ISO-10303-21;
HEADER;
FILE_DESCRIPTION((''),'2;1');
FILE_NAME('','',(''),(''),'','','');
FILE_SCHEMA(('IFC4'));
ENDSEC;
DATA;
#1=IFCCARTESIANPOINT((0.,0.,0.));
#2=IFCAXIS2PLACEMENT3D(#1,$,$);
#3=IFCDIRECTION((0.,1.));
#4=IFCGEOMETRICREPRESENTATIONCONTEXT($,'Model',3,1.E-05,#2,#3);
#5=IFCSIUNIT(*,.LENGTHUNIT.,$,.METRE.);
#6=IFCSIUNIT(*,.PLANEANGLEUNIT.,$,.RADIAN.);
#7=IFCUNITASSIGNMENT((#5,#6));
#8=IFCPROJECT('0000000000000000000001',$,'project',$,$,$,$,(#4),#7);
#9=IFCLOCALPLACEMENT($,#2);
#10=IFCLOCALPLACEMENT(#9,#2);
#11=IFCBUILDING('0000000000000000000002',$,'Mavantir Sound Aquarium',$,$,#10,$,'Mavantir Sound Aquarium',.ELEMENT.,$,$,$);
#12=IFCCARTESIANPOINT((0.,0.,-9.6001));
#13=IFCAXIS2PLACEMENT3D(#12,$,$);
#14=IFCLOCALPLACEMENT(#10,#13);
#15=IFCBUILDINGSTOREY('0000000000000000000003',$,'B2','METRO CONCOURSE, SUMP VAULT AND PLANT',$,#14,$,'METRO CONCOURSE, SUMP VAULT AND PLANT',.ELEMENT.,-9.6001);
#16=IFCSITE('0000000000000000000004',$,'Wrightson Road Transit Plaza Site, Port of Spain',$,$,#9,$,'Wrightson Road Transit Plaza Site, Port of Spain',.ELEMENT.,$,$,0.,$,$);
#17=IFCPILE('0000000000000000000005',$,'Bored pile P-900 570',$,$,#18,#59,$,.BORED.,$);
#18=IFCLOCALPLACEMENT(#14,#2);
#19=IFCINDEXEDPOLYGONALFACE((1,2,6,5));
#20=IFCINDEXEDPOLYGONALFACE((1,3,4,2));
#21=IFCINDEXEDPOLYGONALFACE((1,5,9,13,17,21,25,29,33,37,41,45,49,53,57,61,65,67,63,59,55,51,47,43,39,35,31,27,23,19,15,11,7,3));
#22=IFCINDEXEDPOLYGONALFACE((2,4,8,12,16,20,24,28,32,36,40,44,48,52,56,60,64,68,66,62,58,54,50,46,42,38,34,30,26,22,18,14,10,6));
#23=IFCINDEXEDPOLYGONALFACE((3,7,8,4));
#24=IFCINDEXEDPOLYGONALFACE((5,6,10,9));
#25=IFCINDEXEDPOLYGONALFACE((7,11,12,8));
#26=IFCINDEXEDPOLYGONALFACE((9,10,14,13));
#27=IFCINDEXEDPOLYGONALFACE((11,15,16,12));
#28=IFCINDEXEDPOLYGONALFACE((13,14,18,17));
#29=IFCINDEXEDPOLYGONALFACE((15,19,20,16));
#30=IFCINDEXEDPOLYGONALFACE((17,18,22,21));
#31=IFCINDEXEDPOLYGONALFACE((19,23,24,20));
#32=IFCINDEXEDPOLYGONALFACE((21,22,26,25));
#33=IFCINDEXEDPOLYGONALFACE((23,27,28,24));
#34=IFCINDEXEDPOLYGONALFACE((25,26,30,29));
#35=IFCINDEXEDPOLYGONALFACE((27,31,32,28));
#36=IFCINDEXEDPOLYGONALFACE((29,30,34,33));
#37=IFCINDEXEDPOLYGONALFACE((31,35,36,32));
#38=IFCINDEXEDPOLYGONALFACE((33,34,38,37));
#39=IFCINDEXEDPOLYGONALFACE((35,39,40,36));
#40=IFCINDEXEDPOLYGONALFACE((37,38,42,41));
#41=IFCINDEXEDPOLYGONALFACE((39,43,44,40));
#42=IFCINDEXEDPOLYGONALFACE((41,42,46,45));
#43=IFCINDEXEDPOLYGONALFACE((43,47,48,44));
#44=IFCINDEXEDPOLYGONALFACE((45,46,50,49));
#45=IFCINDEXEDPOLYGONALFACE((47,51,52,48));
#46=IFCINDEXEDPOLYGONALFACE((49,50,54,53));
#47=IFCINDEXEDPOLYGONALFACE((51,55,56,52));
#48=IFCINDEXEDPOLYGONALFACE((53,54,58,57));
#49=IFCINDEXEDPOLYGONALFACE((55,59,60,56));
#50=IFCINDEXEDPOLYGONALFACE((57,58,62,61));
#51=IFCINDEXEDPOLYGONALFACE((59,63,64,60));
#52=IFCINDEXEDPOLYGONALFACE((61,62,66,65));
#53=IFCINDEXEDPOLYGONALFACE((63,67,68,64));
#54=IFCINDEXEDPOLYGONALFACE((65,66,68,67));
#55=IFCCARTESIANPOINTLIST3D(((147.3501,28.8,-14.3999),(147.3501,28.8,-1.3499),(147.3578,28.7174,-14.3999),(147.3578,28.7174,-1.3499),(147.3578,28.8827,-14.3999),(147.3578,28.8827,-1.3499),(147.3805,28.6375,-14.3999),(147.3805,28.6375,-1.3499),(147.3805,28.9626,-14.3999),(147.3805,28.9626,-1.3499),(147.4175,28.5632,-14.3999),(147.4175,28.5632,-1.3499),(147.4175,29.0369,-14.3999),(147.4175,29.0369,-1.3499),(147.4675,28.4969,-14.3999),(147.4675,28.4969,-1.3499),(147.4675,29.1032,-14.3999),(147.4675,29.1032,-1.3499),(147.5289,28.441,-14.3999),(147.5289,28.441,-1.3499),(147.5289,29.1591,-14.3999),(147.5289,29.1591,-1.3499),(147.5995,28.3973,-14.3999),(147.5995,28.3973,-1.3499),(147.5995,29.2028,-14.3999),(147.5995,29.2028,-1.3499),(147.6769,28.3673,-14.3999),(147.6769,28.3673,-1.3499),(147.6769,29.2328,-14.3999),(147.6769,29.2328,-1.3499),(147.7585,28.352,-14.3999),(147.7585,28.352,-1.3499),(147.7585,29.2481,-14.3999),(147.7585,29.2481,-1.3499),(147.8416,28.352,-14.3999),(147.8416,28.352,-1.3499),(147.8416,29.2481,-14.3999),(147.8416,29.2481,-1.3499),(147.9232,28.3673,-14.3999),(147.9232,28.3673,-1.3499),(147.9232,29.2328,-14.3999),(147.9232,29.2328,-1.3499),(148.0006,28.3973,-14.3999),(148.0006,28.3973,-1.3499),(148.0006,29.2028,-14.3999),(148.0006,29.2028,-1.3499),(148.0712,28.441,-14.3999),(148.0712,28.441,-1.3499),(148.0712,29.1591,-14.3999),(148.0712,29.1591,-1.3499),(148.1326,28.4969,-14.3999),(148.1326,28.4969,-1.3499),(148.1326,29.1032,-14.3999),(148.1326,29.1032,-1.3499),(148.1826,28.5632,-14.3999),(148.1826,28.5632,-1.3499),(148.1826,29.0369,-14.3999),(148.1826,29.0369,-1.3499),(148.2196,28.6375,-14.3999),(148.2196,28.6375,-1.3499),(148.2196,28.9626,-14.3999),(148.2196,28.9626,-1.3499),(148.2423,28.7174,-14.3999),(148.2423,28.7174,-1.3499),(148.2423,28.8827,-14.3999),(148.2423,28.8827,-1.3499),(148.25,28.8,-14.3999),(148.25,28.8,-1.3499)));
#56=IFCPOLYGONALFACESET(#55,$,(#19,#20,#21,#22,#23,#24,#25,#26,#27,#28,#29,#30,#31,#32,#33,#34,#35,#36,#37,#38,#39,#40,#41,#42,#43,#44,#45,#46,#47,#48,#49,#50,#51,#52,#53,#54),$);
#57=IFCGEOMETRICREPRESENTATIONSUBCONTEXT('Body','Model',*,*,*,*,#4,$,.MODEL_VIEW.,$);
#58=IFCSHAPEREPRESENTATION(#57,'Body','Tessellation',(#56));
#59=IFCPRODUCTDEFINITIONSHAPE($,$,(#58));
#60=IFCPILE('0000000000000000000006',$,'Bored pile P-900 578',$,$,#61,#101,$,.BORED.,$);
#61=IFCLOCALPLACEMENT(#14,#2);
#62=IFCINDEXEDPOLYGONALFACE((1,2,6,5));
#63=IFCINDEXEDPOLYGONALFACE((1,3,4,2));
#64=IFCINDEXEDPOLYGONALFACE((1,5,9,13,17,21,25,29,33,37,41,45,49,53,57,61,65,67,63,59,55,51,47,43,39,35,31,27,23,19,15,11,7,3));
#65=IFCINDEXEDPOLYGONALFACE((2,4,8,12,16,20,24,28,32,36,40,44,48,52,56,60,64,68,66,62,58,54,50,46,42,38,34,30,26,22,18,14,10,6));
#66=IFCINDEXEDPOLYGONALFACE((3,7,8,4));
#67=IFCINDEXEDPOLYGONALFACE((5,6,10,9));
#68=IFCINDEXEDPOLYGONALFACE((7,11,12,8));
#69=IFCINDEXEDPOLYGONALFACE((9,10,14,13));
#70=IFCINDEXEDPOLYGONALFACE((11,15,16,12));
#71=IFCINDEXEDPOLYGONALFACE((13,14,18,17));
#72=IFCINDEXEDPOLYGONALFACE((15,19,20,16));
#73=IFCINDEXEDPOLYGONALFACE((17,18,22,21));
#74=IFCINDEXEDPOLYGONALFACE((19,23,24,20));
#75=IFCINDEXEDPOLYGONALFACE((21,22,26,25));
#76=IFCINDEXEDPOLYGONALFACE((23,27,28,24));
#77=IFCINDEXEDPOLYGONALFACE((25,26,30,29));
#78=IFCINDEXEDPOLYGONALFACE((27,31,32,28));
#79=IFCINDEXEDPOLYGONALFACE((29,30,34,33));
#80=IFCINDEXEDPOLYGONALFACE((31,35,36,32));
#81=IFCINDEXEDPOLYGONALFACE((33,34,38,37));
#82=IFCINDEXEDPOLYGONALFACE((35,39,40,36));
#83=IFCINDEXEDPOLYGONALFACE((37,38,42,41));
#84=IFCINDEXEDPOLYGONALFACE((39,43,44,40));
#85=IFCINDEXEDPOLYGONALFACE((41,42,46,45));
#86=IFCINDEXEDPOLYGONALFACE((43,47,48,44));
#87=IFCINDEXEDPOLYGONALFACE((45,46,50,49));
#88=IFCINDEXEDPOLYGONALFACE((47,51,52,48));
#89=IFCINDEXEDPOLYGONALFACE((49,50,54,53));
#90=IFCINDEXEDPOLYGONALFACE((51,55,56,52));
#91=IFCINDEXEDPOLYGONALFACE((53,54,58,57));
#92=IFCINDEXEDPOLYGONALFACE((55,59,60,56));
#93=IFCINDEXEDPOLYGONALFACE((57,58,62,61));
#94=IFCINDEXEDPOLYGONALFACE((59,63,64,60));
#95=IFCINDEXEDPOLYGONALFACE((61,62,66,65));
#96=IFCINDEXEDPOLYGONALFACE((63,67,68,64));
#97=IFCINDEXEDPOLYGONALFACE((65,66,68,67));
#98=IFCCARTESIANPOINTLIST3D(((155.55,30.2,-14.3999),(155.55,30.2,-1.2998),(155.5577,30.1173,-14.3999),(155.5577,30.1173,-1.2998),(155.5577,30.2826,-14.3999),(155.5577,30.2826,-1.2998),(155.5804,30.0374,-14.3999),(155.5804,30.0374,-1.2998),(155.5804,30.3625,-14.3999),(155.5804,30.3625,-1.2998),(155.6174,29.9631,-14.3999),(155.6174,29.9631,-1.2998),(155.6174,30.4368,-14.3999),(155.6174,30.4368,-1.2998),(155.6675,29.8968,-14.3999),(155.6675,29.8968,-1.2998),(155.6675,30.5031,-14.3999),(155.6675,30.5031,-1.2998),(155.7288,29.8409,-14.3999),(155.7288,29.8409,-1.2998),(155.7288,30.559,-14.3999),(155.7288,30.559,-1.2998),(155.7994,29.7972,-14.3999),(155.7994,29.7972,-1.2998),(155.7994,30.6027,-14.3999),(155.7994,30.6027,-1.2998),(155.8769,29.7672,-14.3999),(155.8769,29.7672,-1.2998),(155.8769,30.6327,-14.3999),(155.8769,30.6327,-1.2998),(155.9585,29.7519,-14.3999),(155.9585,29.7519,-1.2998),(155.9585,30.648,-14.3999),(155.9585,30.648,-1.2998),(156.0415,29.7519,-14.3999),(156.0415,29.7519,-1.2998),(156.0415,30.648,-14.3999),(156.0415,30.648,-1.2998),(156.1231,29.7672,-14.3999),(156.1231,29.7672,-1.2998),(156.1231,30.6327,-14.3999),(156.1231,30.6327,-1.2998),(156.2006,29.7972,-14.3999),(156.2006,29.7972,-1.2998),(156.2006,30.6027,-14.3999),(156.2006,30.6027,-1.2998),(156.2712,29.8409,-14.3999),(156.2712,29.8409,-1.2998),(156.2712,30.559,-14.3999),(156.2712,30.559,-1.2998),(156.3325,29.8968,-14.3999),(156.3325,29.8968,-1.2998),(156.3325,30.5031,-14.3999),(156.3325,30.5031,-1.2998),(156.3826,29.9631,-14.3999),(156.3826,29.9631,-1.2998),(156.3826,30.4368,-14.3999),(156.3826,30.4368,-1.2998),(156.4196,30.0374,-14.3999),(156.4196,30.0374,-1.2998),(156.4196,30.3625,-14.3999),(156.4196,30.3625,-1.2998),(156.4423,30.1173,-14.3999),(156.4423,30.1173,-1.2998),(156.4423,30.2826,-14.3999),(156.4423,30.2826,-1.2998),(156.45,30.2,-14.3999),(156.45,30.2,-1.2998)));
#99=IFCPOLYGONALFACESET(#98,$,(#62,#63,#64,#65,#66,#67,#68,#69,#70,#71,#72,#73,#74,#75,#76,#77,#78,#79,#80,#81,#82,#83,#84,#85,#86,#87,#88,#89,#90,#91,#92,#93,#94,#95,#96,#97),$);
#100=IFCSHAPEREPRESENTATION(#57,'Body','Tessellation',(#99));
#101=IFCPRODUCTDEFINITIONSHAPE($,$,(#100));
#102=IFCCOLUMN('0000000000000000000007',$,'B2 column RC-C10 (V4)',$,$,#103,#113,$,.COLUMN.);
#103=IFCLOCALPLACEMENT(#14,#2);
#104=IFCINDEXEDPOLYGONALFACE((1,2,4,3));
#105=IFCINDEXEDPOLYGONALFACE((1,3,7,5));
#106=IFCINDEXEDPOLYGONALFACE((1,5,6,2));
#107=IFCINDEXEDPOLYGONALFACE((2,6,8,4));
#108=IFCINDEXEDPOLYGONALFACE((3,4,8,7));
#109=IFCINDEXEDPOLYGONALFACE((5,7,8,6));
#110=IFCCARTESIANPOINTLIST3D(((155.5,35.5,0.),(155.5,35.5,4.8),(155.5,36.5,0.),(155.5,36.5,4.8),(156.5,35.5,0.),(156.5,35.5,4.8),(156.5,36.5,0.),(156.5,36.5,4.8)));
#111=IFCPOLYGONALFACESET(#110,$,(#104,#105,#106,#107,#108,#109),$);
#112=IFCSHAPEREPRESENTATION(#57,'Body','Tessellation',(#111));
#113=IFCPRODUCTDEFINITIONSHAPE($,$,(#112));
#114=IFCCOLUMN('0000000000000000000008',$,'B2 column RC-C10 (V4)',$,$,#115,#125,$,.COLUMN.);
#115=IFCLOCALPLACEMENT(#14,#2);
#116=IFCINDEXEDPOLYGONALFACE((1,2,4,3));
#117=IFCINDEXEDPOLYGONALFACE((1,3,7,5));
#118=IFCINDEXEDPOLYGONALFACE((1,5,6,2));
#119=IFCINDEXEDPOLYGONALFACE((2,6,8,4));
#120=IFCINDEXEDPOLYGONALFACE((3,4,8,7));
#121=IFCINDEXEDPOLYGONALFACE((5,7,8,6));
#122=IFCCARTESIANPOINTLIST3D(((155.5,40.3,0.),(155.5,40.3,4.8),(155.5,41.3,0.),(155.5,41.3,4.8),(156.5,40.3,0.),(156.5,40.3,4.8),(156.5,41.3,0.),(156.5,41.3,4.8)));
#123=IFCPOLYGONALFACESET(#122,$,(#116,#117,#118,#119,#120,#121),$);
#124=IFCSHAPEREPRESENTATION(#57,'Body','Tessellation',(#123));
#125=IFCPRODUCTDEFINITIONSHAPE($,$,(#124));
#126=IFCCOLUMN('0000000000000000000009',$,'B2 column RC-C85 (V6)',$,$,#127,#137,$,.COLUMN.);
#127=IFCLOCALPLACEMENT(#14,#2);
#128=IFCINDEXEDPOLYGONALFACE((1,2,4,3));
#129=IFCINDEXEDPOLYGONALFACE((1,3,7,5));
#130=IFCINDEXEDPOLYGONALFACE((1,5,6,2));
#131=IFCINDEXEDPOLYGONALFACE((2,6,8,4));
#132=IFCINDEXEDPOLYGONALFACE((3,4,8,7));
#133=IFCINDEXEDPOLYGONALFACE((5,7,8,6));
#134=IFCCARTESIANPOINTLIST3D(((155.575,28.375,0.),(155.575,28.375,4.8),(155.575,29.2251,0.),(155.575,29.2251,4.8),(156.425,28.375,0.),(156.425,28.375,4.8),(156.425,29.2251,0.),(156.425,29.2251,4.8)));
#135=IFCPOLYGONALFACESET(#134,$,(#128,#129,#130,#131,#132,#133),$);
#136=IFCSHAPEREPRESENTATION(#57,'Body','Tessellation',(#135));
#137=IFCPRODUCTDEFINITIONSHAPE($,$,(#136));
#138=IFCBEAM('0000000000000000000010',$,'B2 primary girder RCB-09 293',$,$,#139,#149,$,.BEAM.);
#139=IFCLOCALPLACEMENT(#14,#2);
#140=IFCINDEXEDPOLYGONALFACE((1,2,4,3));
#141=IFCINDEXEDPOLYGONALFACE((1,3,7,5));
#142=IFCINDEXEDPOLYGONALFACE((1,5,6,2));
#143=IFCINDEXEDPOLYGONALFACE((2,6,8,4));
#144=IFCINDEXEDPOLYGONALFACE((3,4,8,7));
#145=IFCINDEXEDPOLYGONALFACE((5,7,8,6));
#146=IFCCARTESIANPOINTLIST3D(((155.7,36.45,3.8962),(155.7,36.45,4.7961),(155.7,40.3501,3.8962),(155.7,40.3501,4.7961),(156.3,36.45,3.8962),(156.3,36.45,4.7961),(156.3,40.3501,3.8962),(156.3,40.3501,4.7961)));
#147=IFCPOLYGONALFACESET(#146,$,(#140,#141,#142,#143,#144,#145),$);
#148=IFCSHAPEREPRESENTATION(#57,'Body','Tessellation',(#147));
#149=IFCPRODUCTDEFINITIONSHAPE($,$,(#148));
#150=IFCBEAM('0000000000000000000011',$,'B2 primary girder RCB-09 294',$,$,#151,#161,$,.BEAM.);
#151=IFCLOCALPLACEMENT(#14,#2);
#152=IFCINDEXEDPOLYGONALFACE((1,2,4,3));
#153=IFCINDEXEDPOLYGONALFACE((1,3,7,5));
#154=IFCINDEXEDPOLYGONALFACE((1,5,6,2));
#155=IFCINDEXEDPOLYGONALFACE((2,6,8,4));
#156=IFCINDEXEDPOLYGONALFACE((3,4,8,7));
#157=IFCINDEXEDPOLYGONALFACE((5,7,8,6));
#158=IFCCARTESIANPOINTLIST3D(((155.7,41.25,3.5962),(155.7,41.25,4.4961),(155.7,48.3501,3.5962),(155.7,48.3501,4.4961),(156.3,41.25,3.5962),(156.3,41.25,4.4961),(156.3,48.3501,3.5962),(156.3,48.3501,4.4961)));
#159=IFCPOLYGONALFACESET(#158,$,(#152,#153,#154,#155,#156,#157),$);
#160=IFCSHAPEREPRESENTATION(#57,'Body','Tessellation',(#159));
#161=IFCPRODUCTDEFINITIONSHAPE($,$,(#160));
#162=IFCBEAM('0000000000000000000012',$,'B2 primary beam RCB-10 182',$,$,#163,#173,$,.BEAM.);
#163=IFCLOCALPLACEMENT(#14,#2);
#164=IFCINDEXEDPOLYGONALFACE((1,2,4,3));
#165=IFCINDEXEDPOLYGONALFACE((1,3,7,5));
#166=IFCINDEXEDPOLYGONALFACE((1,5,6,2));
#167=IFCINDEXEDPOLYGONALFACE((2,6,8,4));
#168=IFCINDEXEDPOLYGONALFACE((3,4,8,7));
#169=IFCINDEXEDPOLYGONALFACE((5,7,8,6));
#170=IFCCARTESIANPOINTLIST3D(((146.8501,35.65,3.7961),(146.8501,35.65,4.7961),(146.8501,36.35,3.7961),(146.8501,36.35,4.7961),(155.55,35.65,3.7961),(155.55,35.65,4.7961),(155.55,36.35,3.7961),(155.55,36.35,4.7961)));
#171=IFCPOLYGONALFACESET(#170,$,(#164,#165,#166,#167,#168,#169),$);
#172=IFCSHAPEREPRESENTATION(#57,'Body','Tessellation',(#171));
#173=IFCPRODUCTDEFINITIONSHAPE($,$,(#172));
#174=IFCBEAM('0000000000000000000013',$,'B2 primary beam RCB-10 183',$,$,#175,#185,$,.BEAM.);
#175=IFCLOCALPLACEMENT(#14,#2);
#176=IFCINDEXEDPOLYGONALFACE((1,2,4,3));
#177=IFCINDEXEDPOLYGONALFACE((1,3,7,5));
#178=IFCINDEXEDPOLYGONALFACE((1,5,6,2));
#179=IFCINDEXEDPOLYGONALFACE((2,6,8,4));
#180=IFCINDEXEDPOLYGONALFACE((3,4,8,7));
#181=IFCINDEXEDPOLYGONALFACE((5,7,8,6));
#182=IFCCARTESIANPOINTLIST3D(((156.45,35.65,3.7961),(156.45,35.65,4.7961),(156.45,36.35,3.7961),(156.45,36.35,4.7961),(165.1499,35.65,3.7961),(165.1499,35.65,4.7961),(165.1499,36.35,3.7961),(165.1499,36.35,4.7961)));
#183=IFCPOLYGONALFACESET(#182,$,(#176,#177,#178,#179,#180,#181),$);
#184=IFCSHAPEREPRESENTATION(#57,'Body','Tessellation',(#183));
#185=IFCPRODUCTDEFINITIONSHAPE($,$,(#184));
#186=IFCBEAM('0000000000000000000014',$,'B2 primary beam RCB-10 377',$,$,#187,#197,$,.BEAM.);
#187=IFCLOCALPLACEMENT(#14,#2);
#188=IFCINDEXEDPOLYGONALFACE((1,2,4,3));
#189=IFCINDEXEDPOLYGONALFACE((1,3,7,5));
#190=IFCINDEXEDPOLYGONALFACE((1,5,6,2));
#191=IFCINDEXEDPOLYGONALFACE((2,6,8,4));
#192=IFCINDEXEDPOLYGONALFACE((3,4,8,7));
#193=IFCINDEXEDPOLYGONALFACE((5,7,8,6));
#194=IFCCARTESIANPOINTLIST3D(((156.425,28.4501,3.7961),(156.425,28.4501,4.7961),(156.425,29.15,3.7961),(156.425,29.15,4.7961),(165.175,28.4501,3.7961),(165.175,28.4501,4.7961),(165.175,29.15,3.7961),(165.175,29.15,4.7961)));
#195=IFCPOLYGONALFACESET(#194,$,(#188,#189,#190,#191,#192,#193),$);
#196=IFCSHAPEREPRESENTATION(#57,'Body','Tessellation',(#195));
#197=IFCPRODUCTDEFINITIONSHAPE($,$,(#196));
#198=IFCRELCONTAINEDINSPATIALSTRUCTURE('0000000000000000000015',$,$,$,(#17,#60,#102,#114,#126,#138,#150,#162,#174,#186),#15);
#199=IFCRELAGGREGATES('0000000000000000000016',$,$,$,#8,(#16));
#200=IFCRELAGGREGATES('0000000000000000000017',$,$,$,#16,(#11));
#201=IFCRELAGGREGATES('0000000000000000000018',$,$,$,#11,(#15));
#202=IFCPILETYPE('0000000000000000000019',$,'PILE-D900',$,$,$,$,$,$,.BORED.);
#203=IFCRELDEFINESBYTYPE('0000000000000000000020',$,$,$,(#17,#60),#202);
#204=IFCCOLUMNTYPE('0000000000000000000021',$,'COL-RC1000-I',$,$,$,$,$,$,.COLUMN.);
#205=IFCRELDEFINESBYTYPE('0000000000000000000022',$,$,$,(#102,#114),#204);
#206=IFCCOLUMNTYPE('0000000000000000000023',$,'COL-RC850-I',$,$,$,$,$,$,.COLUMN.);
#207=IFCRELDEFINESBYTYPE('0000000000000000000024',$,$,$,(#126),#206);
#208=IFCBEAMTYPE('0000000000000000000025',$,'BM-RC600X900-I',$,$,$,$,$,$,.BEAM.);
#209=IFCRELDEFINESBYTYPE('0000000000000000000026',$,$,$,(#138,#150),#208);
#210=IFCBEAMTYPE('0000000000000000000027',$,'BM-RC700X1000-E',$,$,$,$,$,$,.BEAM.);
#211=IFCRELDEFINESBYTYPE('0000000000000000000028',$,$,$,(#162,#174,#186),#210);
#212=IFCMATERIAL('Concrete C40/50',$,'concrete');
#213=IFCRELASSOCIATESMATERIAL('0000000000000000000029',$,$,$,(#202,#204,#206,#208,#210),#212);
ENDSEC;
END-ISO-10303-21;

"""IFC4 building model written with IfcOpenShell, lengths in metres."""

from ifc_helpers import new_model, si_unit, direction, frame, origin, origin_2d, place, context, subcontext, project, spatial, rectangle, circle, extrude, material, material_profile, profile_set, type_object, element, save


model = new_model("IFC4")

# Units and contexts
model_context = context("Model", 3, precision=1e-05, world=origin(), true_north=direction((0.0, 1.0)))
body_context = subcontext(model_context, "Body", "Model", "MODEL_VIEW")
ifc_project = project(units=[si_unit("LENGTHUNIT", "METRE"), si_unit("PLANEANGLEUNIT", "RADIAN")], contexts=[model_context])

# Site, building, storey
site_placement = place(None, origin())
site = spatial("IfcSite", under=ifc_project, at=site_placement, Name="Wrightson Road Transit Plaza Site, Port of Spain", LongName="Wrightson Road Transit Plaza Site, Port of Spain", CompositionType="ELEMENT", RefElevation=0.0)
building_placement = place(site_placement, origin())
building = spatial("IfcBuilding", under=site, at=building_placement, Name="Mavantir Sound Aquarium", LongName="Mavantir Sound Aquarium", CompositionType="ELEMENT")
storey_placement = place(building_placement, frame((0.0, 0.0, -9.6001)))
storey = spatial("IfcBuildingStorey", under=building, at=storey_placement, Name="B2", Description="METRO CONCOURSE, SUMP VAULT AND PLANT", LongName="METRO CONCOURSE, SUMP VAULT AND PLANT", CompositionType="ELEMENT", Elevation=-9.6001)

# Shared definitions
ifc_material_1 = material(Name="Concrete C40/50", Category="concrete")

# Piles
ifc_material_profile_1 = material_profile(ifc_material_1, circle(Radius=0.45, at=origin_2d()), Name="PILE D900")
ifc_profile_set_1 = profile_set([ifc_material_profile_1], Name="Concrete C40/50")
pile_type = type_object("IfcPileType", Name="PILE-D900", PredefinedType="BORED", material=ifc_profile_set_1)
pile_1_placement = place(storey_placement, frame((147.8, 28.8, -1.3499), z_axis=(0.0, 0.0, -1.0), x_axis=(1.0, 0.0, 0.0)))
element("IfcPile", 1, at=pile_1_placement, inside=storey, type_object=pile_type, Name="Bored pile P-900 570", PredefinedType="BORED", context=body_context, shape_type="SweptSolid", body=[
    extrude(circle(Radius=0.45, at=origin_2d()), origin(), (0.0, 0.0, 1.0), 13.05),
])
pile_2_placement = place(storey_placement, frame((156.0, 30.2, -1.2998), z_axis=(0.0, 0.0, -1.0), x_axis=(1.0, 0.0, 0.0)))
element("IfcPile", 2, at=pile_2_placement, inside=storey, type_object=pile_type, Name="Bored pile P-900 578", PredefinedType="BORED", context=body_context, shape_type="SweptSolid", body=[
    extrude(circle(Radius=0.45, at=origin_2d()), origin(), (0.0, 0.0, 1.0), 13.1001),
])

# Columns
ifc_material_profile_2 = material_profile(ifc_material_1, rectangle(XDim=1.0, YDim=1.0, at=origin_2d()), Name="RC 1000X1000")
ifc_profile_set_2 = profile_set([ifc_material_profile_2], Name="Concrete C40/50")
column_type_1 = type_object("IfcColumnType", Name="COL-RC1000-I", PredefinedType="COLUMN", material=ifc_profile_set_2)
for number, where, z_axis, x_axis, name in (
    (3, (156.0, 36.0, 0.0), (0.0, 0.0, 1.0), (1.0, 0.0, 0.0), "B2 column RC-C10 (V4)"),
    (4, (156.0, 40.8, 0.0), (0.0, 0.0, 1.0), (1.0, 0.0, 0.0), "B2 column RC-C10 (V4)"),
):
    element("IfcColumn", number, at=place(storey_placement, frame(where, z_axis=z_axis, x_axis=x_axis)), inside=storey, type_object=column_type_1, Name=name, PredefinedType="COLUMN", context=body_context, shape_type="SweptSolid", body=[
        extrude(rectangle(XDim=1.0, YDim=1.0, at=origin_2d()), origin(), (0.0, 0.0, 1.0), 4.8),
    ])
ifc_material_profile_3 = material_profile(ifc_material_1, rectangle(XDim=0.8501, YDim=0.8501, at=origin_2d()), Name="RC 850X850")
ifc_profile_set_3 = profile_set([ifc_material_profile_3], Name="Concrete C40/50")
column_type_2 = type_object("IfcColumnType", Name="COL-RC850-I", PredefinedType="COLUMN", material=ifc_profile_set_3)
column_placement = place(storey_placement, frame((156.0, 28.8, 0.0), z_axis=(0.0, 0.0, 1.0), x_axis=(1.0, 0.0, 0.0)))
element("IfcColumn", 5, at=column_placement, inside=storey, type_object=column_type_2, Name="B2 column RC-C85 (V6)", PredefinedType="COLUMN", context=body_context, shape_type="SweptSolid", body=[
    extrude(rectangle(XDim=0.8501, YDim=0.8501, at=origin_2d()), origin(), (0.0, 0.0, 1.0), 4.8),
])

# Beams
ifc_material_profile_4 = material_profile(ifc_material_1, rectangle(XDim=0.6001, YDim=0.8999, at=origin_2d()), Name="RC 600X900")
ifc_profile_set_4 = profile_set([ifc_material_profile_4], Name="Concrete C40/50")
beam_type_1 = type_object("IfcBeamType", Name="BM-RC600X900-I", PredefinedType="BEAM", material=ifc_profile_set_4)
beam_1_placement = place(storey_placement, frame((156.0, 36.45, 4.3462), z_axis=(0.0, 1.0, 0.0), x_axis=(-1.0, 0.0, 0.0)))
element("IfcBeam", 6, at=beam_1_placement, inside=storey, type_object=beam_type_1, Name="B2 primary girder RCB-09 293", PredefinedType="BEAM", context=body_context, shape_type="SweptSolid", body=[
    extrude(rectangle(XDim=0.6001, YDim=0.8999, at=origin_2d()), origin(), (0.0, 0.0, 1.0), 3.9001),
])
beam_2_placement = place(storey_placement, frame((156.0, 41.25, 4.0461), z_axis=(0.0, 1.0, 0.0), x_axis=(-1.0, 0.0, 0.0)))
element("IfcBeam", 7, at=beam_2_placement, inside=storey, type_object=beam_type_1, Name="B2 primary girder RCB-09 294", PredefinedType="BEAM", context=body_context, shape_type="SweptSolid", body=[
    extrude(rectangle(XDim=0.6001, YDim=0.8999, at=origin_2d()), origin(), (0.0, 0.0, 1.0), 7.1001),
])
ifc_material_profile_5 = material_profile(ifc_material_1, rectangle(XDim=0.7, YDim=1.0, at=origin_2d()), Name="RC 700X1000")
ifc_profile_set_5 = profile_set([ifc_material_profile_5], Name="Concrete C40/50")
beam_type_2 = type_object("IfcBeamType", Name="BM-RC700X1000-E", PredefinedType="BEAM", material=ifc_profile_set_5)
for number, where, z_axis, x_axis, name in (
    (8, (146.8501, 36.0, 4.2961), (1.0, 0.0, 0.0), (0.0, 1.0, 0.0), "B2 primary beam RCB-10 182"),
    (9, (156.45, 36.0, 4.2961), (1.0, 0.0, 0.0), (0.0, 1.0, 0.0), "B2 primary beam RCB-10 183"),
):
    element("IfcBeam", number, at=place(storey_placement, frame(where, z_axis=z_axis, x_axis=x_axis)), inside=storey, type_object=beam_type_2, Name=name, PredefinedType="BEAM", context=body_context, shape_type="SweptSolid", body=[
        extrude(rectangle(XDim=0.7, YDim=1.0, at=origin_2d()), origin(), (0.0, 0.0, 1.0), 8.7),
    ])
beam_3_placement = place(storey_placement, frame((156.425, 28.8, 4.2961), z_axis=(1.0, 0.0, 0.0), x_axis=(0.0, 1.0, 0.0)))
element("IfcBeam", 10, at=beam_3_placement, inside=storey, type_object=beam_type_2, Name="B2 primary beam RCB-10 377", PredefinedType="BEAM", context=body_context, shape_type="SweptSolid", body=[
    extrude(rectangle(XDim=0.7, YDim=1.0, at=origin_2d()), origin(), (0.0, 0.0, 1.0), 8.75),
])

save(model, "model.ifc")
